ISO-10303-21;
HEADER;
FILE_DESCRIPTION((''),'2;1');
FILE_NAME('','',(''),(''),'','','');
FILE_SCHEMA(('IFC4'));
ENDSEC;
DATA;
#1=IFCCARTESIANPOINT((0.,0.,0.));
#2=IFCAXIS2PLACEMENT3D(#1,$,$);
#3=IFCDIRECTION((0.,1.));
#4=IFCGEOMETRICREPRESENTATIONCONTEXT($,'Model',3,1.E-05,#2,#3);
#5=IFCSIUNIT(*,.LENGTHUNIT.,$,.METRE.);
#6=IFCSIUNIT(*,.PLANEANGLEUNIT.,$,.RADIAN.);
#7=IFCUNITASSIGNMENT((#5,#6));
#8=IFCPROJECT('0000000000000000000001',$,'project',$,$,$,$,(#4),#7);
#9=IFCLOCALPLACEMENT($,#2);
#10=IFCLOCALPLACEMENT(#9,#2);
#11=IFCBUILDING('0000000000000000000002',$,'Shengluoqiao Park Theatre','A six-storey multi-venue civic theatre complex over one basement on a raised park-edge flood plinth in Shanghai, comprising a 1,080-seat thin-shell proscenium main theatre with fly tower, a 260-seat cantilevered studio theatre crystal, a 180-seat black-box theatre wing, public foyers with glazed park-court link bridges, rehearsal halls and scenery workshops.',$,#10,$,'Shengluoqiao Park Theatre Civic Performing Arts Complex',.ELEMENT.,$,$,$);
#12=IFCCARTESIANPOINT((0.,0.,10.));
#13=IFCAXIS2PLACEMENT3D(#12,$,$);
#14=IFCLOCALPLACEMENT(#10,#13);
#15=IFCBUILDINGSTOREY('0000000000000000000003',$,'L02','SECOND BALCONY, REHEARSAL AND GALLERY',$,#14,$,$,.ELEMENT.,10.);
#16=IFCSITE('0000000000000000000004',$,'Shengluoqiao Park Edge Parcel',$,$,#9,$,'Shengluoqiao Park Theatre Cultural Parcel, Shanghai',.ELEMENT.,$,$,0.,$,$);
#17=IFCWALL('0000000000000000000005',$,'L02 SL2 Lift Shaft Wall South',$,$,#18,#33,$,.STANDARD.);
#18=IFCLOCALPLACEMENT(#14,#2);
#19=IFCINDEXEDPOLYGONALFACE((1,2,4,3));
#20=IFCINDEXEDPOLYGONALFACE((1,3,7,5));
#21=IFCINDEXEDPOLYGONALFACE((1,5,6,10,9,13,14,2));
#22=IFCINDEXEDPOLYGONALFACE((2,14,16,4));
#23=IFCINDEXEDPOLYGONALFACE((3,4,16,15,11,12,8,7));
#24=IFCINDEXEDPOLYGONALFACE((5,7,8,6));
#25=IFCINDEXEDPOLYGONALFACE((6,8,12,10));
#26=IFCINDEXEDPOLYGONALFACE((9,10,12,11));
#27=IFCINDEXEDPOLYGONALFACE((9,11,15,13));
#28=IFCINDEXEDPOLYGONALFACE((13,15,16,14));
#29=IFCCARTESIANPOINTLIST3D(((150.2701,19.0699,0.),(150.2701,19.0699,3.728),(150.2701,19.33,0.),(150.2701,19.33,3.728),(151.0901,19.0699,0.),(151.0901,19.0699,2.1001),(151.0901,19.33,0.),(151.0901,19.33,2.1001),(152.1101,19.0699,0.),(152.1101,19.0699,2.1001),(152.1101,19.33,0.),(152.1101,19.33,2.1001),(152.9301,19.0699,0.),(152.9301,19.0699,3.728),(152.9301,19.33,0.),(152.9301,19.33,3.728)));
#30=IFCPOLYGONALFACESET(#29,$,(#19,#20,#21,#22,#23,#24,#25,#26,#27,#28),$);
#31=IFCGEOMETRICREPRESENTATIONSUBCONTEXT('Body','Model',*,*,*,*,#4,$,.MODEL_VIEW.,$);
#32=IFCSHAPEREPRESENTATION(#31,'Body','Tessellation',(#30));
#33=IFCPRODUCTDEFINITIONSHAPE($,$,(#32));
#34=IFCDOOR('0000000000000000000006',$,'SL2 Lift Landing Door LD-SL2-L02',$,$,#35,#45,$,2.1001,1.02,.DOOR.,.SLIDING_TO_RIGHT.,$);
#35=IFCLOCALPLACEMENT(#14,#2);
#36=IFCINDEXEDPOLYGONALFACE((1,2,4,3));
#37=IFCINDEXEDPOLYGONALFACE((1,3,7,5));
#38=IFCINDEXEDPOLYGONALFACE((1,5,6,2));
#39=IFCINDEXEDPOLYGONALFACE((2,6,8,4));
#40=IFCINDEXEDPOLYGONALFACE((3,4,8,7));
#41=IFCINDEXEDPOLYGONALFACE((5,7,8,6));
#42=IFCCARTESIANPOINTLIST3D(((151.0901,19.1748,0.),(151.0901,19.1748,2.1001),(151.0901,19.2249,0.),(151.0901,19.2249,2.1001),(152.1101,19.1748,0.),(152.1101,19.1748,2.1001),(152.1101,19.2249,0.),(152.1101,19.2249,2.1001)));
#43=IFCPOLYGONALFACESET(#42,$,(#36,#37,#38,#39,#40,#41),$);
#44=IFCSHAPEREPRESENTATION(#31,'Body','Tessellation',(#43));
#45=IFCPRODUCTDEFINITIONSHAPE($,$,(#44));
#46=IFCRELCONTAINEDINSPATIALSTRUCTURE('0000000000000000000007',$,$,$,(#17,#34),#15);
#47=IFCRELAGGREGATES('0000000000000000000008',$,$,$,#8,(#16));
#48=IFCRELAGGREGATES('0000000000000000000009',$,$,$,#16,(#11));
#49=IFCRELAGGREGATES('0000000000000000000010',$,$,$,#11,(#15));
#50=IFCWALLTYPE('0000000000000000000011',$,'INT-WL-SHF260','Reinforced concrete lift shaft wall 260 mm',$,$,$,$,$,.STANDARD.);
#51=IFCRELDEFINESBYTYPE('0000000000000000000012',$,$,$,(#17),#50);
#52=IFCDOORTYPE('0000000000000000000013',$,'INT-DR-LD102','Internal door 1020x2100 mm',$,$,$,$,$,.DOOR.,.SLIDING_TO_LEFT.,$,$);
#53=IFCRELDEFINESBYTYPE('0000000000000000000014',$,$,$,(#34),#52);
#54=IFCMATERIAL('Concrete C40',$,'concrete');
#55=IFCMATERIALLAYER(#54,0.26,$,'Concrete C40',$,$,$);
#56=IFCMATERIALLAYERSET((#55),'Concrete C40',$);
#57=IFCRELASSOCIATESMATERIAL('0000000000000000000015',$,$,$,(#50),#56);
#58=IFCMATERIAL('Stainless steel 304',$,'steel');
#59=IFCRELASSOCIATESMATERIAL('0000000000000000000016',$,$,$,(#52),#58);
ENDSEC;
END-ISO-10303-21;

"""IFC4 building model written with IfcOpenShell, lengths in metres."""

from ifc_helpers import new_model, si_unit, direction, frame, frame_2d, origin, place, context, subcontext, project, spatial, rectangle, extrude, material, layer, layer_set, type_object, element, fill, save


model = new_model("IFC4")

# Units and contexts
model_context = context("Model", 3, precision=1e-05, world=origin(), true_north=direction((0.0, 1.0)))
body_context = subcontext(model_context, "Body", "Model", "MODEL_VIEW")
ifc_project = project(units=[si_unit("LENGTHUNIT", "METRE"), si_unit("PLANEANGLEUNIT", "RADIAN")], contexts=[model_context])

# Site, building, storey
site_placement = place(None, origin())
site = spatial("IfcSite", under=ifc_project, at=site_placement, Name="Shengluoqiao Park Edge Parcel", LongName="Shengluoqiao Park Theatre Cultural Parcel, Shanghai", CompositionType="ELEMENT", RefElevation=0.0)
building_placement = place(site_placement, origin())
building = spatial("IfcBuilding", under=site, at=building_placement, Name="Shengluoqiao Park Theatre", Description="A six-storey multi-venue civic theatre complex over one basement on a raised park-edge flood plinth in Shanghai, comprising a 1,080-seat thin-shell proscenium main theatre with fly tower, a 260-seat cantilevered studio theatre crystal, a 180-seat black-box theatre wing, public foyers with glazed park-court link bridges, rehearsal halls and scenery workshops.", LongName="Shengluoqiao Park Theatre Civic Performing Arts Complex", CompositionType="ELEMENT")
storey_placement = place(building_placement, frame((0.0, 0.0, 10.0)))
storey = spatial("IfcBuildingStorey", under=building, at=storey_placement, Name="L02", Description="SECOND BALCONY, REHEARSAL AND GALLERY", CompositionType="ELEMENT", Elevation=10.0)

# Shared definitions
ifc_material_1 = material(Name="Concrete C40", Category="concrete")

# Wall, opening, door
ifc_layer_1 = layer(ifc_material_1, 0.26, Name="Concrete C40")
ifc_layer_set_1 = layer_set([ifc_layer_1], Name="Concrete C40")
wall_type_1 = type_object("IfcWallType", Name="INT-WL-SHF260", Description="Reinforced concrete lift shaft wall 260 mm", PredefinedType="STANDARD", material=ifc_layer_set_1)
wall_1_placement = place(storey_placement, frame((150.27, 19.2, 0.0), z_axis=(0.0, 0.0, 1.0), x_axis=(1.0, 0.0, 0.0)))
wall_1 = element("IfcWall", 1, at=wall_1_placement, inside=storey, type_object=wall_type_1, Name="L02 SL2 Lift Shaft Wall South", PredefinedType="STANDARD", context=body_context, shape_type="SweptSolid", body=[
    extrude(rectangle(XDim=2.6599, YDim=0.26, at=frame_2d((1.3301, 0.0))), origin(), (0.0, 0.0, 1.0), 3.728),
])
opening_1_placement = place(wall_1_placement, frame((0.8201, 0.0, 0.0)))
opening_1 = element("IfcOpeningElement", 2, at=opening_1_placement, cuts=wall_1, PredefinedType="OPENING", context=body_context, shape_type="SweptSolid", body=[
    extrude(rectangle(XDim=1.02, YDim=2.1001, at=frame_2d((0.51, 1.05))), frame((0.0, 0.1399, 0.0), z_axis=(0.0, -1.0, 0.0), x_axis=(1.0, 0.0, 0.0)), (0.0, 0.0, 1.0), 0.28),
])
ifc_material_2 = material(Name="Stainless steel 304", Category="steel")
door_type_1 = type_object("IfcDoorType", Name="INT-DR-LD102", Description="Internal door 1020x2100 mm", OperationType="SLIDING_TO_LEFT", PredefinedType="DOOR", material=ifc_material_2)
door_1_placement = place(opening_1_placement, origin())
door_1 = element("IfcDoor", 3, at=door_1_placement, inside=storey, type_object=door_type_1, Name="SL2 Lift Landing Door LD-SL2-L02", OperationType="SLIDING_TO_RIGHT", OverallHeight=2.1001, OverallWidth=1.02, PredefinedType="DOOR", context=body_context, shape_type="SweptSolid", body=[
    extrude(rectangle(XDim=1.02, YDim=2.1001, at=frame_2d((0.51, 1.05))), frame((0.0, 0.0249, 0.0), z_axis=(0.0, -1.0, 0.0), x_axis=(1.0, 0.0, 0.0)), (0.0, 0.0, 1.0), 0.05),
])
fill(opening_1, door_1)

save(model, "model.ifc")
